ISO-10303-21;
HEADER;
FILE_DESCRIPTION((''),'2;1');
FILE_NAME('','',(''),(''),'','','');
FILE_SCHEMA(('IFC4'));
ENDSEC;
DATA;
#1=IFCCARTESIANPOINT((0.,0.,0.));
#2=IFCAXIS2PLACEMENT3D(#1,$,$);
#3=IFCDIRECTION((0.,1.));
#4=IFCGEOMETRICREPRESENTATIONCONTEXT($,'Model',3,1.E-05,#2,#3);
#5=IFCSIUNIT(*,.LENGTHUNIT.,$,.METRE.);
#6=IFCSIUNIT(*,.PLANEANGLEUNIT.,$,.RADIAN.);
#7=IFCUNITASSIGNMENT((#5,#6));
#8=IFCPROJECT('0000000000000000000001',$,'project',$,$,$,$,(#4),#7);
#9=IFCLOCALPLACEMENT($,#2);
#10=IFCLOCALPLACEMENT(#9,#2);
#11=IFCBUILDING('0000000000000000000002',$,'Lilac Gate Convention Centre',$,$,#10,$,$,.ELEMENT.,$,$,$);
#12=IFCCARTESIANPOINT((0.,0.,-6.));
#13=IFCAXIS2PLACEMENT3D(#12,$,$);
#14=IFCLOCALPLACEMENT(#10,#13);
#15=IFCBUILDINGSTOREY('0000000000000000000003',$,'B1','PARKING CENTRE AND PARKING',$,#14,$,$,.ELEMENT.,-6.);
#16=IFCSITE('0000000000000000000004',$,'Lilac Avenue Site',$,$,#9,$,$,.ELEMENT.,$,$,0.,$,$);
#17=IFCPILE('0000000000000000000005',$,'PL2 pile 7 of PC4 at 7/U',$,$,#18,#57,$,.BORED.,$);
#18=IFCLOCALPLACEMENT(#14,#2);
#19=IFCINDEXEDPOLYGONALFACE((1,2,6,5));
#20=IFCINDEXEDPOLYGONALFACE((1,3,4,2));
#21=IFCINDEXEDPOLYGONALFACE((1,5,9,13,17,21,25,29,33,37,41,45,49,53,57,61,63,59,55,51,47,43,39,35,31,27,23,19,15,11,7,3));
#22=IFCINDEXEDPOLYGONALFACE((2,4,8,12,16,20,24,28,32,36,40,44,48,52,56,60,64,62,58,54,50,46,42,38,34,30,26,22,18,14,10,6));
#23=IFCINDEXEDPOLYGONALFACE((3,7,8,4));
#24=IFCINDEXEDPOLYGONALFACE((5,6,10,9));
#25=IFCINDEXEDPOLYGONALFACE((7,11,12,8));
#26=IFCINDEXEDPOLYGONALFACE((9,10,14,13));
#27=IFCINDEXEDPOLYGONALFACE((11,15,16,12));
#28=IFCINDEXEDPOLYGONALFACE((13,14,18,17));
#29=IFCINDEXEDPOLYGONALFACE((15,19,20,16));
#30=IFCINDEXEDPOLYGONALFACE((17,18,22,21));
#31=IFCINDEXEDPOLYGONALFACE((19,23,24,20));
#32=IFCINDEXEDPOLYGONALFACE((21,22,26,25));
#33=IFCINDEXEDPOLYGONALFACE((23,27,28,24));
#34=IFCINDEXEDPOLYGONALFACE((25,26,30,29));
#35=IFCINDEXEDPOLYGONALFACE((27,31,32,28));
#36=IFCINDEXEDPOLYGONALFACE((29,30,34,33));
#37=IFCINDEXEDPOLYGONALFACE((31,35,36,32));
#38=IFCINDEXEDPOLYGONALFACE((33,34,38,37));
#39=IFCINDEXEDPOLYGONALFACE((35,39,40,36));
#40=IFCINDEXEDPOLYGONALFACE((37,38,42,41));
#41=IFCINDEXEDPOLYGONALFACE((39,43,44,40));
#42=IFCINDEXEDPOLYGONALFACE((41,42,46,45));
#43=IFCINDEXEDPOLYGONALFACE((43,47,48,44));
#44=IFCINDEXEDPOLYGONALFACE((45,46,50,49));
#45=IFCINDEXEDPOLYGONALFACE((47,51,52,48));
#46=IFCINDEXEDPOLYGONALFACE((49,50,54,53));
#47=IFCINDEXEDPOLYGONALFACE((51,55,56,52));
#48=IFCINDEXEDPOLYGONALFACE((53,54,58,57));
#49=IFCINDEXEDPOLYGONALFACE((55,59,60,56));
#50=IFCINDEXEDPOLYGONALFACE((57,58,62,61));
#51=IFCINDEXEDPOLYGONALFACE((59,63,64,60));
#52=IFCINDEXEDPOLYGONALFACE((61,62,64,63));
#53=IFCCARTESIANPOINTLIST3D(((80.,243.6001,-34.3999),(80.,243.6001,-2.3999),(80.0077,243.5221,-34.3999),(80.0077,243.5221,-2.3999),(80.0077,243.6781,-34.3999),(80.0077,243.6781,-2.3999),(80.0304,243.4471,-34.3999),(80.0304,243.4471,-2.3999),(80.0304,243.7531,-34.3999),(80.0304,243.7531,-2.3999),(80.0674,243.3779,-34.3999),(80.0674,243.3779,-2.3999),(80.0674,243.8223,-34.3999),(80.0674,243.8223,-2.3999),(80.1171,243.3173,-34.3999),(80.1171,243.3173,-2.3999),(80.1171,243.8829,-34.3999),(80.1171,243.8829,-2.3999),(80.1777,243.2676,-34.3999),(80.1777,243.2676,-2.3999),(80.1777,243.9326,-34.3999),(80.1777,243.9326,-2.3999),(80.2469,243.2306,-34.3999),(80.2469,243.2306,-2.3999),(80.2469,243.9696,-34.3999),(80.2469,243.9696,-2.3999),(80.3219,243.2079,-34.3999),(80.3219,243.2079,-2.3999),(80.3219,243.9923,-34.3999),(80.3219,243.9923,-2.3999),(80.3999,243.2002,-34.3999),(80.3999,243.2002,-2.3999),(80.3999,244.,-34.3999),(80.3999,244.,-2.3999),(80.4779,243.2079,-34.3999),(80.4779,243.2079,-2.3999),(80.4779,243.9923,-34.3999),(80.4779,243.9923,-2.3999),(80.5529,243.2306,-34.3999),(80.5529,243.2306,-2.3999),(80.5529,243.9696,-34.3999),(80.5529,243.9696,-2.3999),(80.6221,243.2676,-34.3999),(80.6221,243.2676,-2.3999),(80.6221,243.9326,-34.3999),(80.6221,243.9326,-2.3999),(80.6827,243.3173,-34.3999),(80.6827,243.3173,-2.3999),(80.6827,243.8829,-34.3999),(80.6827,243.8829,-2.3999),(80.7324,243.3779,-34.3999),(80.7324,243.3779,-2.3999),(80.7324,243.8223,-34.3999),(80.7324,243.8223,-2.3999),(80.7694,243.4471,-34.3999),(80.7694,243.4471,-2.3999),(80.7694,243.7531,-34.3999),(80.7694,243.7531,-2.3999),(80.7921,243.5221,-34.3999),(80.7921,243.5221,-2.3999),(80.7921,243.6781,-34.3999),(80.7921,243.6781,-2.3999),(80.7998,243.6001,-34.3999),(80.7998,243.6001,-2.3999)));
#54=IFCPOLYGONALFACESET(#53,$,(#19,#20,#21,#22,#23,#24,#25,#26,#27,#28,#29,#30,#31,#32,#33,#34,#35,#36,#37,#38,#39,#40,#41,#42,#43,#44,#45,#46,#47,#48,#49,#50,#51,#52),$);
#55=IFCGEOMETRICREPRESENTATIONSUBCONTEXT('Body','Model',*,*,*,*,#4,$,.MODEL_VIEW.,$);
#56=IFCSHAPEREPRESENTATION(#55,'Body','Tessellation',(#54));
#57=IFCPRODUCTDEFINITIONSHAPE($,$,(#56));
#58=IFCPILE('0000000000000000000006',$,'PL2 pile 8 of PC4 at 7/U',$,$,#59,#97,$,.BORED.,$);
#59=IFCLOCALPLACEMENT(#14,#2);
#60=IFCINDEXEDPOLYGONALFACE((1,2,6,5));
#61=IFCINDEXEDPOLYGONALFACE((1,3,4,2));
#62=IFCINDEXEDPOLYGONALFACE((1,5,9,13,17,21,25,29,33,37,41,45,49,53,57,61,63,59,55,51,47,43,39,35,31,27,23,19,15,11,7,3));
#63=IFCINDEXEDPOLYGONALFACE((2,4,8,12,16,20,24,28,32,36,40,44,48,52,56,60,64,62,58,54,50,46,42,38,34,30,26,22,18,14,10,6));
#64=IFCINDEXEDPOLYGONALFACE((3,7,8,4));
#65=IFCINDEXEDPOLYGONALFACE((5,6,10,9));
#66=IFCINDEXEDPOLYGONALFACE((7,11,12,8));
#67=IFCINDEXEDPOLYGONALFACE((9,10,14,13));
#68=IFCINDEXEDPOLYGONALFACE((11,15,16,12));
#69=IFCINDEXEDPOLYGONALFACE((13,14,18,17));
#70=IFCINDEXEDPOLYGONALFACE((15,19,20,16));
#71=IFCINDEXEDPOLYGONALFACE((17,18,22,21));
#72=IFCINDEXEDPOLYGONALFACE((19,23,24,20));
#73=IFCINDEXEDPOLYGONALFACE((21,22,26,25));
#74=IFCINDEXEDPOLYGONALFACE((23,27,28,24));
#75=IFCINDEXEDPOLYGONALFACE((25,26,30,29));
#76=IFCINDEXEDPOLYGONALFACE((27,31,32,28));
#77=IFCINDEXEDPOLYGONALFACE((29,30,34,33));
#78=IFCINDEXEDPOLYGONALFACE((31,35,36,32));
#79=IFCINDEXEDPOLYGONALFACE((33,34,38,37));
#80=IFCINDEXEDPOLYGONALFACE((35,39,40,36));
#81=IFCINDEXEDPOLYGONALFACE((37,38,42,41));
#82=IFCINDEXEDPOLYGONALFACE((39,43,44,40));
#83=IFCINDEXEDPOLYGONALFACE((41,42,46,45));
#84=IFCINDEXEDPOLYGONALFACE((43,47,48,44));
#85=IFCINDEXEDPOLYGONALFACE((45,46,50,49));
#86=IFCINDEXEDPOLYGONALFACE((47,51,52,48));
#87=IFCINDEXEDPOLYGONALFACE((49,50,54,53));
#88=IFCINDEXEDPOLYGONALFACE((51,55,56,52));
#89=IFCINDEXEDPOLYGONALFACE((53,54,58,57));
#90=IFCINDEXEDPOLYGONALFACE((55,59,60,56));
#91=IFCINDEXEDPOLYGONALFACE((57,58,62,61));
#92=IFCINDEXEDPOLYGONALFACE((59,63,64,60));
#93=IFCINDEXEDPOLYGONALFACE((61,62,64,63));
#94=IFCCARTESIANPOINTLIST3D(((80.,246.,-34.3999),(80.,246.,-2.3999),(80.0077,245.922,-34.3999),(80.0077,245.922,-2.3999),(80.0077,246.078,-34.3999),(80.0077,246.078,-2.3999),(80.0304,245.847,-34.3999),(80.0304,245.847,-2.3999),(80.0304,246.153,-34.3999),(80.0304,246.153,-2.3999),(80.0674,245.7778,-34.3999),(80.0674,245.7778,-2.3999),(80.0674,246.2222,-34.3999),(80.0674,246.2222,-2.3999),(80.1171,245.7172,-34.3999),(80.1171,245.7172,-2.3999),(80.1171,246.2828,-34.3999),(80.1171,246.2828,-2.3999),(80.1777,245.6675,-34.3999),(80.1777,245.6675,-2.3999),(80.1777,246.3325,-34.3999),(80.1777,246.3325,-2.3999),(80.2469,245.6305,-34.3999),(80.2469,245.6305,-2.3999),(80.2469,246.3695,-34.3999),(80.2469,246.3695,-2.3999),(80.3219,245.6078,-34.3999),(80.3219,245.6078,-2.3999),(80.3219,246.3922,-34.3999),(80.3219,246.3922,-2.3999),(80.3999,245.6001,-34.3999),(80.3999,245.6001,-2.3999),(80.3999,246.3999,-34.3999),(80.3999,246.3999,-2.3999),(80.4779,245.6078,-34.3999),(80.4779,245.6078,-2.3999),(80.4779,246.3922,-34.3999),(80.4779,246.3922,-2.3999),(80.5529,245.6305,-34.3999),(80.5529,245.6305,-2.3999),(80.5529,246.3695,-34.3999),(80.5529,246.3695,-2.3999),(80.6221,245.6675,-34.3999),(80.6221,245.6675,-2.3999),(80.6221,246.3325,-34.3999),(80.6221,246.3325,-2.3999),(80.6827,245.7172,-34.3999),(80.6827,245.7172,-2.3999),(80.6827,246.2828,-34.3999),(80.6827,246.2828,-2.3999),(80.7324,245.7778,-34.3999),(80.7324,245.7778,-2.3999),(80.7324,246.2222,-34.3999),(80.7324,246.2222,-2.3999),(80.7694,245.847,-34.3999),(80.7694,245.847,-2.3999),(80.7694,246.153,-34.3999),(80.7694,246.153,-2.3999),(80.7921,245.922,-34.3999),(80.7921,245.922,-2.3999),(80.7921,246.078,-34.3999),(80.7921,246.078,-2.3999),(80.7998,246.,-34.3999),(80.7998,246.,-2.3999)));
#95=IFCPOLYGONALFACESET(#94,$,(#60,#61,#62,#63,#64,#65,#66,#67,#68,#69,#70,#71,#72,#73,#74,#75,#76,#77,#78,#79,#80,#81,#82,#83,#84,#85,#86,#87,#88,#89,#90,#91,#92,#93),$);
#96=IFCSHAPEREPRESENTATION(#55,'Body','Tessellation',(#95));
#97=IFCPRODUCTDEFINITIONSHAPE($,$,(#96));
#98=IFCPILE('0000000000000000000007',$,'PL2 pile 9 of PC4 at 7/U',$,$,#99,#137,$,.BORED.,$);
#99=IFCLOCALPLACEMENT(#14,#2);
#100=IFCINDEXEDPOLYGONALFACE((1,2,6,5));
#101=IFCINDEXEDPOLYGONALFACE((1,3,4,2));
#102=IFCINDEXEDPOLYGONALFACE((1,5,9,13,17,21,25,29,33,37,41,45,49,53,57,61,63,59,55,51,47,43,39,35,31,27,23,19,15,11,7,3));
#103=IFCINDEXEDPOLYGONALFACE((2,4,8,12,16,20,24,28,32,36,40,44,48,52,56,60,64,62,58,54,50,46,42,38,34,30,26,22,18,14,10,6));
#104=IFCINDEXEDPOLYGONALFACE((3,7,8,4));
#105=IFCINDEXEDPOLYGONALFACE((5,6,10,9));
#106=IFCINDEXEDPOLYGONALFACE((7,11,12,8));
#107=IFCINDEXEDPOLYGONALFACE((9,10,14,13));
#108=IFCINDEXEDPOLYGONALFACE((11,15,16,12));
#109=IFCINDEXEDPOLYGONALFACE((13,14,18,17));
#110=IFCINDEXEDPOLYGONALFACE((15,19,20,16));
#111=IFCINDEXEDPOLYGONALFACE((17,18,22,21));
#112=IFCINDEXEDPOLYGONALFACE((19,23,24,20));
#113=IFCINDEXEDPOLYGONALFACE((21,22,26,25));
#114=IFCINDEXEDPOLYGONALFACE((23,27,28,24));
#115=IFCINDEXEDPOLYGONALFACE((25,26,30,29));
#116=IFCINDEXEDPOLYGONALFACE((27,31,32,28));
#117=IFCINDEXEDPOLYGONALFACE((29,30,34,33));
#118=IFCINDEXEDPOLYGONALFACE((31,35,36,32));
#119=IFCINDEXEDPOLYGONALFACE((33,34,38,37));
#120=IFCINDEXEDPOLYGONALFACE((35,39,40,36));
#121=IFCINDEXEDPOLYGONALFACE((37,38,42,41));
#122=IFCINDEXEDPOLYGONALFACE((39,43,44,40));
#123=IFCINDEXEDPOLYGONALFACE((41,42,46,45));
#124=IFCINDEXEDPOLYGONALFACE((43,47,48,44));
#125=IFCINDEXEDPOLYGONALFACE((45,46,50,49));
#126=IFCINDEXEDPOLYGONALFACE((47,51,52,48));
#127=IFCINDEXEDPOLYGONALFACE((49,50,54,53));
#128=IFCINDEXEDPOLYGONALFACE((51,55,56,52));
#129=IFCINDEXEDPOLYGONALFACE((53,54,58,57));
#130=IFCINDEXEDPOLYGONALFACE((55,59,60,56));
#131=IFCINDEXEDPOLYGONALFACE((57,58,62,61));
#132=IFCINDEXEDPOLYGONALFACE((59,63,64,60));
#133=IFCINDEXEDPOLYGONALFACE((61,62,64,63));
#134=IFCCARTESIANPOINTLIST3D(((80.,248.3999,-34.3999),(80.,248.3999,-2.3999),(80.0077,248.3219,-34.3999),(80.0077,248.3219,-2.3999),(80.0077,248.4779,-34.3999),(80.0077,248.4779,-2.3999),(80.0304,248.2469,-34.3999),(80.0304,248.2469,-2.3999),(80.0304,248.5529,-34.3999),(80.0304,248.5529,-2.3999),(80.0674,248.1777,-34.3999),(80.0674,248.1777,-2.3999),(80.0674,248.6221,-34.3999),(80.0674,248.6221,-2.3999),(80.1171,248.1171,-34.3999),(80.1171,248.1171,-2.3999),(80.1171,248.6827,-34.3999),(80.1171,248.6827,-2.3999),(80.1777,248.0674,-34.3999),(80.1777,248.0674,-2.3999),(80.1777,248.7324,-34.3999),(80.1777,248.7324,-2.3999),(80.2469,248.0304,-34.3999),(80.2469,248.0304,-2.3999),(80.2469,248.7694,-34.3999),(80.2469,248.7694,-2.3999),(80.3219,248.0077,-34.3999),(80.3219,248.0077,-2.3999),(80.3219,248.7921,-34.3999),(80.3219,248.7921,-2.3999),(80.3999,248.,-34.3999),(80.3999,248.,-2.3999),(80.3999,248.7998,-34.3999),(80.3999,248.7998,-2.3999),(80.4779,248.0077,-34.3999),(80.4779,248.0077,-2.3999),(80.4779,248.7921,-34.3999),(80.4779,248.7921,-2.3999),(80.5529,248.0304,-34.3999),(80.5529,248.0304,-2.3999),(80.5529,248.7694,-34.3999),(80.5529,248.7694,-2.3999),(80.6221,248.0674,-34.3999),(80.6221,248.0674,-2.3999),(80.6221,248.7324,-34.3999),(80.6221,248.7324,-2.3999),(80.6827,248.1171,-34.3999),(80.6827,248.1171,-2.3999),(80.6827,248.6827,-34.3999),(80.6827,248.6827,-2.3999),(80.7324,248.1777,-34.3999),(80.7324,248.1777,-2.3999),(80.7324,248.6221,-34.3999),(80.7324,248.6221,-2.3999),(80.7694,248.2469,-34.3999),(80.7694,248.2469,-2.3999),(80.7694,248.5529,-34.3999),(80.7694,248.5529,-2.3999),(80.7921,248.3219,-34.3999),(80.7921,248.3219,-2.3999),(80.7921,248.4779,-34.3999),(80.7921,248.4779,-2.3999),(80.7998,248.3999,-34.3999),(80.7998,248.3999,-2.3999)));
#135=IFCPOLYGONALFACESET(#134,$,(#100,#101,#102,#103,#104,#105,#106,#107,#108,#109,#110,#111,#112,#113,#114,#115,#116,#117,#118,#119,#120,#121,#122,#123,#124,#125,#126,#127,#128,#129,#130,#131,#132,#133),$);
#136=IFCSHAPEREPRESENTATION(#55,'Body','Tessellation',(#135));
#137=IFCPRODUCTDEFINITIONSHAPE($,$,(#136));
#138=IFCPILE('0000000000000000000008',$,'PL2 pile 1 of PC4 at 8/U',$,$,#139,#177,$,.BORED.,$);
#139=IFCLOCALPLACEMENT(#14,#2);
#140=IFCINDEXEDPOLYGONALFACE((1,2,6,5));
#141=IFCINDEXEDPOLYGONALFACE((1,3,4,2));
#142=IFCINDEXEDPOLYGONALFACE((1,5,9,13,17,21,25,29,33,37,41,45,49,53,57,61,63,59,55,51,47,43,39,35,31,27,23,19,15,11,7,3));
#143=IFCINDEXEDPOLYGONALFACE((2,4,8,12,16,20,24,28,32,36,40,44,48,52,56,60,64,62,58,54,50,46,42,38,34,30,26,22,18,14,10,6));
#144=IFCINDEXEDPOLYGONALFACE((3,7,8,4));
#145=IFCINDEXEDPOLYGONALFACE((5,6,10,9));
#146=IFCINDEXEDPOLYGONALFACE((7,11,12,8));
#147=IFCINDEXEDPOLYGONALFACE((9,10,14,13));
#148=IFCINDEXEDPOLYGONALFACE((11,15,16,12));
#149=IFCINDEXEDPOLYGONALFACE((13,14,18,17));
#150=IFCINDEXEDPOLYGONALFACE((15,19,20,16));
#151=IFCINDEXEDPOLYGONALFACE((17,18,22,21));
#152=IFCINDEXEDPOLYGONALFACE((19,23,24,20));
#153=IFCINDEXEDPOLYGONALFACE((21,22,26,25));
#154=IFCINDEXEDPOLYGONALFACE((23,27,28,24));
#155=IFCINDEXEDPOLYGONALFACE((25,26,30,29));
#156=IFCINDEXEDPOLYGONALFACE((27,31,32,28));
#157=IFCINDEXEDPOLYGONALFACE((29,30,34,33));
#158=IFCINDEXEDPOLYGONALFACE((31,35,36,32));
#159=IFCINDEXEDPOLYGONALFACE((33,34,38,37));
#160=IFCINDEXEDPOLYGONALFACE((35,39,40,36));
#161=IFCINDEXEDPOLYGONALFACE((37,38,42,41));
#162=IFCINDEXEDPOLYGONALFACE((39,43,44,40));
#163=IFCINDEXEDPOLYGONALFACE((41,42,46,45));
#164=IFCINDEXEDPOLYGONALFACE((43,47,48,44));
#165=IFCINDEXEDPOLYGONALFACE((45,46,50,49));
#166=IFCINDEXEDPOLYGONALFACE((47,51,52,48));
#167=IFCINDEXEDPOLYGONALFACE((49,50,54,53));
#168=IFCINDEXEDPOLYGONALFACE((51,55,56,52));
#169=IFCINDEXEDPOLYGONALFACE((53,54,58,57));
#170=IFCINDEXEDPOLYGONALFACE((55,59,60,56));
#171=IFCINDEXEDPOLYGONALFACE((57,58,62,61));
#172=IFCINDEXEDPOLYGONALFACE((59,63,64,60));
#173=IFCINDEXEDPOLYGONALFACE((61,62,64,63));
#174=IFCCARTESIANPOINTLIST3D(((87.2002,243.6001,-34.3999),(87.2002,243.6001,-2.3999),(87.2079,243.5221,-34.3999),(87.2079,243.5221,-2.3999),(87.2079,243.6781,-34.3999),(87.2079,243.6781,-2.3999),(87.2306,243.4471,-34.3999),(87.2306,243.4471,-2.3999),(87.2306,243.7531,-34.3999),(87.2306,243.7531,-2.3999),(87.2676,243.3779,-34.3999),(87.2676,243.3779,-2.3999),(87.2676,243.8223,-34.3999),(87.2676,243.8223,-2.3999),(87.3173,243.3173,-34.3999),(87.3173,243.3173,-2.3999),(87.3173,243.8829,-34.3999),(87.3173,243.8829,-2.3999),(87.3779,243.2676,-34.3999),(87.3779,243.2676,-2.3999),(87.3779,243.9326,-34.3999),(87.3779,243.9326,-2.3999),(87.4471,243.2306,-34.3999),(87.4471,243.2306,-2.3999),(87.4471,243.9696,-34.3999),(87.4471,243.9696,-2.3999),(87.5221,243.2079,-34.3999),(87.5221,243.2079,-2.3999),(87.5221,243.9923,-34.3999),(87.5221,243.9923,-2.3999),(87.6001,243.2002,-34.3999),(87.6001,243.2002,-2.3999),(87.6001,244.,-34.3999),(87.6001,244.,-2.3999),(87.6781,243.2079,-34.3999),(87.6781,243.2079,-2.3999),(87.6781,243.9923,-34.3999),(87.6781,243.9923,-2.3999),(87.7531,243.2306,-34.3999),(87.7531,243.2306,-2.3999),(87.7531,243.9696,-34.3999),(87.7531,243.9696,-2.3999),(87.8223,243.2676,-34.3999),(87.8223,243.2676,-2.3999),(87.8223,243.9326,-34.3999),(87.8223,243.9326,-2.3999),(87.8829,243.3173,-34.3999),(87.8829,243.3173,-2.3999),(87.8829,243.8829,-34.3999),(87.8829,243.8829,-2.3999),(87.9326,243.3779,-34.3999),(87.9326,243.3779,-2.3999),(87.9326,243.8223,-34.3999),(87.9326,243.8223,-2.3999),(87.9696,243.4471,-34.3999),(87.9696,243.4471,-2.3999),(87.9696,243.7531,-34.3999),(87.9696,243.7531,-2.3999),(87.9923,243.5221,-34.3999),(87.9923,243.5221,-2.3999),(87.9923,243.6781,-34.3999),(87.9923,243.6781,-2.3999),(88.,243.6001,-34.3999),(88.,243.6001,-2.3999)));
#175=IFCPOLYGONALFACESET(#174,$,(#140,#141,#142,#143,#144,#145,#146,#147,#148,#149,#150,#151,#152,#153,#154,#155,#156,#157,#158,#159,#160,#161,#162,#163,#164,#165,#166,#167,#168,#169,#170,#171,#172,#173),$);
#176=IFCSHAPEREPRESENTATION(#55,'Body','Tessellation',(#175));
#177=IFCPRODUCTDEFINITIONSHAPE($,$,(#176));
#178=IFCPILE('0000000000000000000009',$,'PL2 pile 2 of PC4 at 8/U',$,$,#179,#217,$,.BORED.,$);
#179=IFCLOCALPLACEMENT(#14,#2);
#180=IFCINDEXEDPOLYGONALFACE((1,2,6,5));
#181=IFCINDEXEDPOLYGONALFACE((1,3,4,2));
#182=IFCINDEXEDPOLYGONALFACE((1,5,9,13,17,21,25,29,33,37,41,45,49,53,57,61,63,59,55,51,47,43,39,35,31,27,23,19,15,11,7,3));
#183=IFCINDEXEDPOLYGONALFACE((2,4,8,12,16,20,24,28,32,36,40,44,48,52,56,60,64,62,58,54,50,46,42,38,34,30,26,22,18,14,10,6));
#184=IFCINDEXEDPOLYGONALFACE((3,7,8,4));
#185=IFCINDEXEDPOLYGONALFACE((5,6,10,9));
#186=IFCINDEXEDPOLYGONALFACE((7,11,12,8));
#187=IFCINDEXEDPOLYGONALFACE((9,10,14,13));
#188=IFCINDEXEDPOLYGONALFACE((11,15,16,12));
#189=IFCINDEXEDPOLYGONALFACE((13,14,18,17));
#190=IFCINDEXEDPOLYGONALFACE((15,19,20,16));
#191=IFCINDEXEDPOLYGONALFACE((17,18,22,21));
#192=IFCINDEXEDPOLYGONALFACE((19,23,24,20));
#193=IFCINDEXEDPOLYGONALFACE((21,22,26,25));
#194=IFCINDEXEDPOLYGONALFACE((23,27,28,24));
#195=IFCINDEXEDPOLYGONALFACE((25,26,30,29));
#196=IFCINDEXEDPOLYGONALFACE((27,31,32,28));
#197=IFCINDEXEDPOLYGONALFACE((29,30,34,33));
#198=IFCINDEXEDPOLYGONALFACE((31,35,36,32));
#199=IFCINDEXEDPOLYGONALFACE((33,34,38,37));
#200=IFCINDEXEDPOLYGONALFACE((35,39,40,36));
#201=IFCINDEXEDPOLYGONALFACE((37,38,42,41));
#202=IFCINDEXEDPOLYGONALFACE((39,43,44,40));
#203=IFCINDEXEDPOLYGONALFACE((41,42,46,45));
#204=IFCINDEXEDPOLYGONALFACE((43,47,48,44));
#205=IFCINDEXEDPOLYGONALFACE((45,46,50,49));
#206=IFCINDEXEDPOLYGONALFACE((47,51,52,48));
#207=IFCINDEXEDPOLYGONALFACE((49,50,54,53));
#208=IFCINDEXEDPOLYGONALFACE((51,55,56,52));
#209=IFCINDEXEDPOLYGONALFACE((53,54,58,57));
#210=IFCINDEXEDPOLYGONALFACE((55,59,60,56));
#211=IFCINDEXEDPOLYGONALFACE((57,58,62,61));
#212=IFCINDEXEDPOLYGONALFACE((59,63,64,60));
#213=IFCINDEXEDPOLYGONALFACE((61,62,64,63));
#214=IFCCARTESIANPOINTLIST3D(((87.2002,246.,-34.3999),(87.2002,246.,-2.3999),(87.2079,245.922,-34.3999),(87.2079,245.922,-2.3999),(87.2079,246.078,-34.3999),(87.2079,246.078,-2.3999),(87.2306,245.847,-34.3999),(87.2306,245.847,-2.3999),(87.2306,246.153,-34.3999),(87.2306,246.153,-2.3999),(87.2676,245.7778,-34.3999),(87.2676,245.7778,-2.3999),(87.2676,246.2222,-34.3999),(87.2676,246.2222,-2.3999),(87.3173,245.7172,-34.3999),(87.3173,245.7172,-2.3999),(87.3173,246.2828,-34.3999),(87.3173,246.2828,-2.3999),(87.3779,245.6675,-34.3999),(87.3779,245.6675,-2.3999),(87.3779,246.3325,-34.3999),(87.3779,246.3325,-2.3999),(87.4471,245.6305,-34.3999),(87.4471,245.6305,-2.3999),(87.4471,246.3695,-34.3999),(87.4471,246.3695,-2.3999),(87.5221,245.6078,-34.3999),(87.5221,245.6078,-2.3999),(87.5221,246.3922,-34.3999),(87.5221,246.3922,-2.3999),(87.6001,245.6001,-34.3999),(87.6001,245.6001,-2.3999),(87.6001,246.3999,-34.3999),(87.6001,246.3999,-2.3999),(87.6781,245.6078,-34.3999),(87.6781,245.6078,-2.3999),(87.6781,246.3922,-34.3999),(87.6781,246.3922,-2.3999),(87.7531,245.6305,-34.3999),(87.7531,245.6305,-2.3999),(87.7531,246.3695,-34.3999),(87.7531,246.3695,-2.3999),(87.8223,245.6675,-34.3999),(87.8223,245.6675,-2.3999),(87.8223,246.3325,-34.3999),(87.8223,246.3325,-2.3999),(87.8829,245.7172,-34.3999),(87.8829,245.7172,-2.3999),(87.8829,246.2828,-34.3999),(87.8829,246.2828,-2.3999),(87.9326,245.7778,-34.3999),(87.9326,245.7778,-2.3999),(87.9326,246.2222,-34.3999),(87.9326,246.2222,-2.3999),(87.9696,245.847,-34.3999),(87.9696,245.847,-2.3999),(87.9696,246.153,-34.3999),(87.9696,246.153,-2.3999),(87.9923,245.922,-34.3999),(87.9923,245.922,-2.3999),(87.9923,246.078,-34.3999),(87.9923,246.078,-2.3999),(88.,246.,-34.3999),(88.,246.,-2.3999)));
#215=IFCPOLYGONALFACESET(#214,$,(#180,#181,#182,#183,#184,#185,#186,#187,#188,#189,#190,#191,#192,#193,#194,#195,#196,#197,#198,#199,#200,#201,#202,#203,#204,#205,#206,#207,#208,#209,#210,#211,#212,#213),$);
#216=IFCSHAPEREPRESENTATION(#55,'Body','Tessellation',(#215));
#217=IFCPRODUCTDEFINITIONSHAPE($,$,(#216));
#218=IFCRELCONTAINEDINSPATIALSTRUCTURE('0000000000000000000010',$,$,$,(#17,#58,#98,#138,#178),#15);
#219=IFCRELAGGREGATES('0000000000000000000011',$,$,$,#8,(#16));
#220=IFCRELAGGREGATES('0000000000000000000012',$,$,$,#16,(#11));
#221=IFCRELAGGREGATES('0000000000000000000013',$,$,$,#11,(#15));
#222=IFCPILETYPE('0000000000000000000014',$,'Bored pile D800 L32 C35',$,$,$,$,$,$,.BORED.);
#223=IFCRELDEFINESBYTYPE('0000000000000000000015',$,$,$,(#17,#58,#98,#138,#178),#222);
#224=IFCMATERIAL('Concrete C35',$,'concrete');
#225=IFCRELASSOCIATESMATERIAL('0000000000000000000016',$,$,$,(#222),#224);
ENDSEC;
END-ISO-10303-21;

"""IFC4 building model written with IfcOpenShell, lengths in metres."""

from ifc_helpers import new_model, si_unit, direction, frame, origin, origin_2d, place, context, subcontext, project, spatial, circle, extrude, material, material_profile, profile_set, type_object, element, save


model = new_model("IFC4")

# Units and contexts
model_context = context("Model", 3, precision=1e-05, world=origin(), true_north=direction((0.0, 1.0)))
body_context = subcontext(model_context, "Body", "Model", "MODEL_VIEW")
ifc_project = project(units=[si_unit("LENGTHUNIT", "METRE"), si_unit("PLANEANGLEUNIT", "RADIAN")], contexts=[model_context])

# Site, building, storey
site_placement = place(None, origin())
site = spatial("IfcSite", under=ifc_project, at=site_placement, Name="Lilac Avenue Site", CompositionType="ELEMENT", RefElevation=0.0)
building_placement = place(site_placement, origin())
building = spatial("IfcBuilding", under=site, at=building_placement, Name="Lilac Gate Convention Centre", CompositionType="ELEMENT")
storey_placement = place(building_placement, frame((0.0, 0.0, -6.0)))
storey = spatial("IfcBuildingStorey", under=building, at=storey_placement, Name="B1", Description="PARKING CENTRE AND PARKING", CompositionType="ELEMENT", Elevation=-6.0)

# Piles
ifc_material_1 = material(Name="Concrete C35", Category="concrete")
ifc_material_profile_1 = material_profile(ifc_material_1, circle(Radius=0.3999, at=origin_2d()), Name="D800")
ifc_profile_set_1 = profile_set([ifc_material_profile_1], Name="Concrete C35")
pile_type = type_object("IfcPileType", Name="Bored pile D800 L32 C35", PredefinedType="BORED", material=ifc_profile_set_1)
for number, where, z_axis, x_axis, name in (
    (1, (80.3999, 243.6001, -2.3999), (0.0, 0.0, -1.0), (1.0, 0.0, 0.0), "PL2 pile 7 of PC4 at 7/U"),
    (2, (80.3999, 246.0, -2.3999), (0.0, 0.0, -1.0), (1.0, 0.0, 0.0), "PL2 pile 8 of PC4 at 7/U"),
    (3, (80.3999, 248.3999, -2.3999), (0.0, 0.0, -1.0), (1.0, 0.0, 0.0), "PL2 pile 9 of PC4 at 7/U"),
    (4, (87.6001, 243.6001, -2.3999), (0.0, 0.0, -1.0), (1.0, 0.0, 0.0), "PL2 pile 1 of PC4 at 8/U"),
    (5, (87.6001, 246.0, -2.3999), (0.0, 0.0, -1.0), (1.0, 0.0, 0.0), "PL2 pile 2 of PC4 at 8/U"),
):
    element("IfcPile", number, at=place(storey_placement, frame(where, z_axis=z_axis, x_axis=x_axis)), inside=storey, type_object=pile_type, Name=name, PredefinedType="BORED", context=body_context, shape_type="SweptSolid", body=[
        extrude(circle(Radius=0.3999, at=origin_2d()), origin(), (0.0, 0.0, 1.0), 32.0),
    ])

save(model, "model.ifc")
